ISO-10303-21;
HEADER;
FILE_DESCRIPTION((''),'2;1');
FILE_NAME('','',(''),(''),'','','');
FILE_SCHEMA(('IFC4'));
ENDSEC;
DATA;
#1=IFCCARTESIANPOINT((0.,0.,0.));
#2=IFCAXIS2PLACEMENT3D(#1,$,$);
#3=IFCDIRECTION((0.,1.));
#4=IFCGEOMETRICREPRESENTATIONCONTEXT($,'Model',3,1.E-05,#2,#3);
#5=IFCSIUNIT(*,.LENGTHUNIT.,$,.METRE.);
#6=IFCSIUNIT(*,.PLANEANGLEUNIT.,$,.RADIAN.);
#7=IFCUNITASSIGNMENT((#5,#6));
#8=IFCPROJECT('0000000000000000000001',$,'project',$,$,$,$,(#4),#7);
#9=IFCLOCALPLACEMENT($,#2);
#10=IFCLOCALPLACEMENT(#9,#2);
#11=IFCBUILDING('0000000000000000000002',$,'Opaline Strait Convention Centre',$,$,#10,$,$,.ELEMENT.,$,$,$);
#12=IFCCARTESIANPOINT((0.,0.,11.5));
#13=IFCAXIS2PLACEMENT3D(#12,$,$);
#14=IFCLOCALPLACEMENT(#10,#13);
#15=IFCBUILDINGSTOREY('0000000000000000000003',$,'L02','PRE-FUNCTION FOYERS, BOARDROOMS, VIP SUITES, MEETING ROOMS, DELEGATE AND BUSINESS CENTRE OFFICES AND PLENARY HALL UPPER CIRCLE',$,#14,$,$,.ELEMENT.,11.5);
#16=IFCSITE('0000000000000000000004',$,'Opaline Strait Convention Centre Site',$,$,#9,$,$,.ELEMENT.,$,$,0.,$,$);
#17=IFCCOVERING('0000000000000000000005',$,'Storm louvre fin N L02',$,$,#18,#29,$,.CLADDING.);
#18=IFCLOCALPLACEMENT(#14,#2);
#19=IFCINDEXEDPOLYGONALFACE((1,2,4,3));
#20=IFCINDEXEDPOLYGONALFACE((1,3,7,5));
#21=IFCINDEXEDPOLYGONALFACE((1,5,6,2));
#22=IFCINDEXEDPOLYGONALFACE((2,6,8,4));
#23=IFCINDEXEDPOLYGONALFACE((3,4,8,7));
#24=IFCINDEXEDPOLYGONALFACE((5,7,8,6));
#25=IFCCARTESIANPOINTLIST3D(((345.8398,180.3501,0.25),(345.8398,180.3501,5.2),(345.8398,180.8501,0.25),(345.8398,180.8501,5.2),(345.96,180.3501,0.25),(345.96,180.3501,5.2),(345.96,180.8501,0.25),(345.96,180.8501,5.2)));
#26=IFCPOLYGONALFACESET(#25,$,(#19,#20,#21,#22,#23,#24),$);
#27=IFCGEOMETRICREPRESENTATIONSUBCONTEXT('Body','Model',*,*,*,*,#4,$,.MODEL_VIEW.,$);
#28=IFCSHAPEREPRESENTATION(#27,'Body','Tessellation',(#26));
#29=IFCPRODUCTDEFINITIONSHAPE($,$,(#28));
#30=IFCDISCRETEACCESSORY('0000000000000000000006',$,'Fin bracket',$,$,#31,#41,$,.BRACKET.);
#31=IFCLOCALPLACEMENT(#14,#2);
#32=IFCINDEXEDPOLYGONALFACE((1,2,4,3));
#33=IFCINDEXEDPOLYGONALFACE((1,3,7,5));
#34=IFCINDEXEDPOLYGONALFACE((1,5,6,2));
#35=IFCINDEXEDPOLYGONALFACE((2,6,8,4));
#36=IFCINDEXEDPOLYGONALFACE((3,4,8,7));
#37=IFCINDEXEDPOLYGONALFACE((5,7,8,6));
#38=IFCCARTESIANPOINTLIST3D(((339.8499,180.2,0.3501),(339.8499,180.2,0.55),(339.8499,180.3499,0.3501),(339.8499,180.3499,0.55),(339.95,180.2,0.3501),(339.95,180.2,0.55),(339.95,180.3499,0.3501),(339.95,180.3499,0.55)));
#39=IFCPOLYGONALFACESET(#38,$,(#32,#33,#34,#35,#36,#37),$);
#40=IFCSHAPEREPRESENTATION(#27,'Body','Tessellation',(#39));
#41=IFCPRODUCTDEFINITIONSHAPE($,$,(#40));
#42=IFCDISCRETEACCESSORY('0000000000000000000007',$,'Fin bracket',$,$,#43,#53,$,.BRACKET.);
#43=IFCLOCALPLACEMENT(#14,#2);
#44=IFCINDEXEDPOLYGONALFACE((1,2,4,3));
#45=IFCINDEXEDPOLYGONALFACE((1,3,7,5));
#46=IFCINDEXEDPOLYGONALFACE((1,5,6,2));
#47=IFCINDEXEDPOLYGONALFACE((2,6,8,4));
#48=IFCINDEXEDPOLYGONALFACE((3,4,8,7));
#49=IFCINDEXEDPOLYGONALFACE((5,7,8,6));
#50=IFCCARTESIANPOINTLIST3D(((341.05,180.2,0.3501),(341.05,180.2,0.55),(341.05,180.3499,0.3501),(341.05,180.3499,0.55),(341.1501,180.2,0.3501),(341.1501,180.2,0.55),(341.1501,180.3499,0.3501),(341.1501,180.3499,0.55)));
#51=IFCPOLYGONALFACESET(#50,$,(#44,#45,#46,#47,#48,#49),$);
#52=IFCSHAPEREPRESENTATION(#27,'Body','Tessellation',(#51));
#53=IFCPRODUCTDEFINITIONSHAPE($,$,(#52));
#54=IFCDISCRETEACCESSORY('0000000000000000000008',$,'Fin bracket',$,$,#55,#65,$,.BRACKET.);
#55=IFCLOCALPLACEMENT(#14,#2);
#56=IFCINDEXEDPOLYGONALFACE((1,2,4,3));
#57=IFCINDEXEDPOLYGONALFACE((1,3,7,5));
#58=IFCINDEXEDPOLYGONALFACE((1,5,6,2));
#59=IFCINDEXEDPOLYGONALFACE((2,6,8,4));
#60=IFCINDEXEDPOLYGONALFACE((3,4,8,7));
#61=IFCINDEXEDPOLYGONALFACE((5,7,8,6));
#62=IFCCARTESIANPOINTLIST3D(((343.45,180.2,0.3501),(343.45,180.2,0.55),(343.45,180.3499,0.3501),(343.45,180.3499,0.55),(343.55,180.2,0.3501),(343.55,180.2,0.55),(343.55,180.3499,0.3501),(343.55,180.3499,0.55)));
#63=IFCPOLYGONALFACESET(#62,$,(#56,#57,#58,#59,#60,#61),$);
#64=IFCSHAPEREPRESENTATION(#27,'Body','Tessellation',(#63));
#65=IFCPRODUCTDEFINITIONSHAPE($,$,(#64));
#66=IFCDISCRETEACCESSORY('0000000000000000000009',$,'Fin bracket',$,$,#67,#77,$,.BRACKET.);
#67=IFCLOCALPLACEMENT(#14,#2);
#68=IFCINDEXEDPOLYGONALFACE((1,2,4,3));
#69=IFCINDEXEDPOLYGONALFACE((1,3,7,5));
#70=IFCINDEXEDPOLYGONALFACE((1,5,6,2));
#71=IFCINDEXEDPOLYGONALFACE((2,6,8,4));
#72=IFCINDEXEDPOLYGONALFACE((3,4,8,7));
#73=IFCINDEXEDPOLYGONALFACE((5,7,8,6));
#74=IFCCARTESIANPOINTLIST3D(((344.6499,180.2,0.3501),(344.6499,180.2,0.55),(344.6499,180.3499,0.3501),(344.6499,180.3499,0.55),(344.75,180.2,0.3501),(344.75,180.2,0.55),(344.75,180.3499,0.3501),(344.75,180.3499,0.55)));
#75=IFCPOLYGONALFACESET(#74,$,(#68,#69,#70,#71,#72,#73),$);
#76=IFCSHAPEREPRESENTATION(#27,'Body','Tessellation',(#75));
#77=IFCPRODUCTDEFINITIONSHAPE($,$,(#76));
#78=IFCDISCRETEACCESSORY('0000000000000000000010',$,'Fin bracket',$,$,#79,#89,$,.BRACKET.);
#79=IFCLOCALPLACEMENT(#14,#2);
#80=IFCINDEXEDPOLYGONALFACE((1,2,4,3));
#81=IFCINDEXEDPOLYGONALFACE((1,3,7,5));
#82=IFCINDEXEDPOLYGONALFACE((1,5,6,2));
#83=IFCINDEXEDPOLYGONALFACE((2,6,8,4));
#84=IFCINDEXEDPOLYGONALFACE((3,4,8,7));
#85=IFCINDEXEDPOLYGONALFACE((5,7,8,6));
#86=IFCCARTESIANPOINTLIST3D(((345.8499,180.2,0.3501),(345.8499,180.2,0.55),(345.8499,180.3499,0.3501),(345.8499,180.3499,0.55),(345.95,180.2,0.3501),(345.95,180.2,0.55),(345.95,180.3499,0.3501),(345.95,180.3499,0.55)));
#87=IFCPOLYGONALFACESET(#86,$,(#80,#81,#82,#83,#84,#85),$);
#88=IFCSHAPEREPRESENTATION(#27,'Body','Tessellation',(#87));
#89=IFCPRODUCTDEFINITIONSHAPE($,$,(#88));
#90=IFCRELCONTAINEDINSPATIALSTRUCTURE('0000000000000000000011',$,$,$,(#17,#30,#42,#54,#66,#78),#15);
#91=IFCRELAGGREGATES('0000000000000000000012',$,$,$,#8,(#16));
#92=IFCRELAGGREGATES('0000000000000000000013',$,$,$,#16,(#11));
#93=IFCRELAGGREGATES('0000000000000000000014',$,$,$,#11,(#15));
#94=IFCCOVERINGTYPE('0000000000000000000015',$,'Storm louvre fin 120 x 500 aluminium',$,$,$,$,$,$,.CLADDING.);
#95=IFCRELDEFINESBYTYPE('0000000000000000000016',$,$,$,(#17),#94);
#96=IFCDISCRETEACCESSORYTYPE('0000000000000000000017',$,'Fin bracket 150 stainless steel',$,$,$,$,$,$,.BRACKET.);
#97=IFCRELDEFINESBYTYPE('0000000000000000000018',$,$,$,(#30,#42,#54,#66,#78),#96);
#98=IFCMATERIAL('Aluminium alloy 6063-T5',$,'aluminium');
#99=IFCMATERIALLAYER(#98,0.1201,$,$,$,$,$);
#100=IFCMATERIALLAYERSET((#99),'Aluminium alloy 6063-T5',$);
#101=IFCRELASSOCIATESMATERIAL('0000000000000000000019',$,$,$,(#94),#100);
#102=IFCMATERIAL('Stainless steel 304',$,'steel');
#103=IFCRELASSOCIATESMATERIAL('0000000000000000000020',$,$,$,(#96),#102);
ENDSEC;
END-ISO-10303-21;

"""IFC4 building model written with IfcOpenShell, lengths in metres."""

from ifc_helpers import new_model, si_unit, direction, frame, origin, origin_2d, place, context, subcontext, project, spatial, rectangle, extrude, material, layer, layer_set, type_object, element, save


model = new_model("IFC4")

# Units and contexts
model_context = context("Model", 3, precision=1e-05, world=origin(), true_north=direction((0.0, 1.0)))
body_context = subcontext(model_context, "Body", "Model", "MODEL_VIEW")
ifc_project = project(units=[si_unit("LENGTHUNIT", "METRE"), si_unit("PLANEANGLEUNIT", "RADIAN")], contexts=[model_context])

# Site, building, storey
site_placement = place(None, origin())
site = spatial("IfcSite", under=ifc_project, at=site_placement, Name="Opaline Strait Convention Centre Site", CompositionType="ELEMENT", RefElevation=0.0)
building_placement = place(site_placement, origin())
building = spatial("IfcBuilding", under=site, at=building_placement, Name="Opaline Strait Convention Centre", CompositionType="ELEMENT")
storey_placement = place(building_placement, frame((0.0, 0.0, 11.5)))
storey = spatial("IfcBuildingStorey", under=building, at=storey_placement, Name="L02", Description="PRE-FUNCTION FOYERS, BOARDROOMS, VIP SUITES, MEETING ROOMS, DELEGATE AND BUSINESS CENTRE OFFICES AND PLENARY HALL UPPER CIRCLE", CompositionType="ELEMENT", Elevation=11.5)

# Shared definitions
ifc_material_1 = material(Name="Stainless steel 304", Category="steel")

# Covering
ifc_material_2 = material(Name="Aluminium alloy 6063-T5", Category="aluminium")
ifc_layer_1 = layer(ifc_material_2, 0.1201)
ifc_layer_set_1 = layer_set([ifc_layer_1], Name="Aluminium alloy 6063-T5")
covering_type = type_object("IfcCoveringType", Name="Storm louvre fin 120 x 500 aluminium", PredefinedType="CLADDING", material=ifc_layer_set_1)
for number, where, z_axis, x_axis, name in (
    (1, (345.8999, 180.6001, 0.25), (0.0, 0.0, 1.0), (1.0, 0.0, 0.0), "Storm louvre fin N L02"),
):
    element("IfcCovering", number, at=place(storey_placement, frame(where, z_axis=z_axis, x_axis=x_axis)), inside=storey, type_object=covering_type, Name=name, PredefinedType="CLADDING", context=body_context, shape_type="SweptSolid", body=[
        extrude(rectangle(XDim=0.1201, YDim=0.5, at=origin_2d()), origin(), (0.0, 0.0, 1.0), 4.95),
    ])

# Discrete accessories
discrete_accessory_type = type_object("IfcDiscreteAccessoryType", Name="Fin bracket 150 stainless steel", PredefinedType="BRACKET", material=ifc_material_1)
for number, where, z_axis, x_axis, name in (
    (2, (339.8999, 180.2749, 0.3501), (0.0, 0.0, 1.0), (1.0, 0.0, 0.0), "Fin bracket"),
    (3, (341.1001, 180.2749, 0.3501), (0.0, 0.0, 1.0), (1.0, 0.0, 0.0), "Fin bracket"),
    (4, (343.5, 180.2749, 0.3501), (0.0, 0.0, 1.0), (1.0, 0.0, 0.0), "Fin bracket"),
    (5, (344.7, 180.2749, 0.3501), (0.0, 0.0, 1.0), (1.0, 0.0, 0.0), "Fin bracket"),
    (6, (345.8999, 180.2749, 0.3501), (0.0, 0.0, 1.0), (1.0, 0.0, 0.0), "Fin bracket"),
):
    element("IfcDiscreteAccessory", number, at=place(storey_placement, frame(where, z_axis=z_axis, x_axis=x_axis)), inside=storey, type_object=discrete_accessory_type, Name=name, PredefinedType="BRACKET", context=body_context, shape_type="SweptSolid", body=[
        extrude(rectangle(XDim=0.1001, YDim=0.1499, at=origin_2d()), origin(), (0.0, 0.0, 1.0), 0.2),
    ])

save(model, "model.ifc")
